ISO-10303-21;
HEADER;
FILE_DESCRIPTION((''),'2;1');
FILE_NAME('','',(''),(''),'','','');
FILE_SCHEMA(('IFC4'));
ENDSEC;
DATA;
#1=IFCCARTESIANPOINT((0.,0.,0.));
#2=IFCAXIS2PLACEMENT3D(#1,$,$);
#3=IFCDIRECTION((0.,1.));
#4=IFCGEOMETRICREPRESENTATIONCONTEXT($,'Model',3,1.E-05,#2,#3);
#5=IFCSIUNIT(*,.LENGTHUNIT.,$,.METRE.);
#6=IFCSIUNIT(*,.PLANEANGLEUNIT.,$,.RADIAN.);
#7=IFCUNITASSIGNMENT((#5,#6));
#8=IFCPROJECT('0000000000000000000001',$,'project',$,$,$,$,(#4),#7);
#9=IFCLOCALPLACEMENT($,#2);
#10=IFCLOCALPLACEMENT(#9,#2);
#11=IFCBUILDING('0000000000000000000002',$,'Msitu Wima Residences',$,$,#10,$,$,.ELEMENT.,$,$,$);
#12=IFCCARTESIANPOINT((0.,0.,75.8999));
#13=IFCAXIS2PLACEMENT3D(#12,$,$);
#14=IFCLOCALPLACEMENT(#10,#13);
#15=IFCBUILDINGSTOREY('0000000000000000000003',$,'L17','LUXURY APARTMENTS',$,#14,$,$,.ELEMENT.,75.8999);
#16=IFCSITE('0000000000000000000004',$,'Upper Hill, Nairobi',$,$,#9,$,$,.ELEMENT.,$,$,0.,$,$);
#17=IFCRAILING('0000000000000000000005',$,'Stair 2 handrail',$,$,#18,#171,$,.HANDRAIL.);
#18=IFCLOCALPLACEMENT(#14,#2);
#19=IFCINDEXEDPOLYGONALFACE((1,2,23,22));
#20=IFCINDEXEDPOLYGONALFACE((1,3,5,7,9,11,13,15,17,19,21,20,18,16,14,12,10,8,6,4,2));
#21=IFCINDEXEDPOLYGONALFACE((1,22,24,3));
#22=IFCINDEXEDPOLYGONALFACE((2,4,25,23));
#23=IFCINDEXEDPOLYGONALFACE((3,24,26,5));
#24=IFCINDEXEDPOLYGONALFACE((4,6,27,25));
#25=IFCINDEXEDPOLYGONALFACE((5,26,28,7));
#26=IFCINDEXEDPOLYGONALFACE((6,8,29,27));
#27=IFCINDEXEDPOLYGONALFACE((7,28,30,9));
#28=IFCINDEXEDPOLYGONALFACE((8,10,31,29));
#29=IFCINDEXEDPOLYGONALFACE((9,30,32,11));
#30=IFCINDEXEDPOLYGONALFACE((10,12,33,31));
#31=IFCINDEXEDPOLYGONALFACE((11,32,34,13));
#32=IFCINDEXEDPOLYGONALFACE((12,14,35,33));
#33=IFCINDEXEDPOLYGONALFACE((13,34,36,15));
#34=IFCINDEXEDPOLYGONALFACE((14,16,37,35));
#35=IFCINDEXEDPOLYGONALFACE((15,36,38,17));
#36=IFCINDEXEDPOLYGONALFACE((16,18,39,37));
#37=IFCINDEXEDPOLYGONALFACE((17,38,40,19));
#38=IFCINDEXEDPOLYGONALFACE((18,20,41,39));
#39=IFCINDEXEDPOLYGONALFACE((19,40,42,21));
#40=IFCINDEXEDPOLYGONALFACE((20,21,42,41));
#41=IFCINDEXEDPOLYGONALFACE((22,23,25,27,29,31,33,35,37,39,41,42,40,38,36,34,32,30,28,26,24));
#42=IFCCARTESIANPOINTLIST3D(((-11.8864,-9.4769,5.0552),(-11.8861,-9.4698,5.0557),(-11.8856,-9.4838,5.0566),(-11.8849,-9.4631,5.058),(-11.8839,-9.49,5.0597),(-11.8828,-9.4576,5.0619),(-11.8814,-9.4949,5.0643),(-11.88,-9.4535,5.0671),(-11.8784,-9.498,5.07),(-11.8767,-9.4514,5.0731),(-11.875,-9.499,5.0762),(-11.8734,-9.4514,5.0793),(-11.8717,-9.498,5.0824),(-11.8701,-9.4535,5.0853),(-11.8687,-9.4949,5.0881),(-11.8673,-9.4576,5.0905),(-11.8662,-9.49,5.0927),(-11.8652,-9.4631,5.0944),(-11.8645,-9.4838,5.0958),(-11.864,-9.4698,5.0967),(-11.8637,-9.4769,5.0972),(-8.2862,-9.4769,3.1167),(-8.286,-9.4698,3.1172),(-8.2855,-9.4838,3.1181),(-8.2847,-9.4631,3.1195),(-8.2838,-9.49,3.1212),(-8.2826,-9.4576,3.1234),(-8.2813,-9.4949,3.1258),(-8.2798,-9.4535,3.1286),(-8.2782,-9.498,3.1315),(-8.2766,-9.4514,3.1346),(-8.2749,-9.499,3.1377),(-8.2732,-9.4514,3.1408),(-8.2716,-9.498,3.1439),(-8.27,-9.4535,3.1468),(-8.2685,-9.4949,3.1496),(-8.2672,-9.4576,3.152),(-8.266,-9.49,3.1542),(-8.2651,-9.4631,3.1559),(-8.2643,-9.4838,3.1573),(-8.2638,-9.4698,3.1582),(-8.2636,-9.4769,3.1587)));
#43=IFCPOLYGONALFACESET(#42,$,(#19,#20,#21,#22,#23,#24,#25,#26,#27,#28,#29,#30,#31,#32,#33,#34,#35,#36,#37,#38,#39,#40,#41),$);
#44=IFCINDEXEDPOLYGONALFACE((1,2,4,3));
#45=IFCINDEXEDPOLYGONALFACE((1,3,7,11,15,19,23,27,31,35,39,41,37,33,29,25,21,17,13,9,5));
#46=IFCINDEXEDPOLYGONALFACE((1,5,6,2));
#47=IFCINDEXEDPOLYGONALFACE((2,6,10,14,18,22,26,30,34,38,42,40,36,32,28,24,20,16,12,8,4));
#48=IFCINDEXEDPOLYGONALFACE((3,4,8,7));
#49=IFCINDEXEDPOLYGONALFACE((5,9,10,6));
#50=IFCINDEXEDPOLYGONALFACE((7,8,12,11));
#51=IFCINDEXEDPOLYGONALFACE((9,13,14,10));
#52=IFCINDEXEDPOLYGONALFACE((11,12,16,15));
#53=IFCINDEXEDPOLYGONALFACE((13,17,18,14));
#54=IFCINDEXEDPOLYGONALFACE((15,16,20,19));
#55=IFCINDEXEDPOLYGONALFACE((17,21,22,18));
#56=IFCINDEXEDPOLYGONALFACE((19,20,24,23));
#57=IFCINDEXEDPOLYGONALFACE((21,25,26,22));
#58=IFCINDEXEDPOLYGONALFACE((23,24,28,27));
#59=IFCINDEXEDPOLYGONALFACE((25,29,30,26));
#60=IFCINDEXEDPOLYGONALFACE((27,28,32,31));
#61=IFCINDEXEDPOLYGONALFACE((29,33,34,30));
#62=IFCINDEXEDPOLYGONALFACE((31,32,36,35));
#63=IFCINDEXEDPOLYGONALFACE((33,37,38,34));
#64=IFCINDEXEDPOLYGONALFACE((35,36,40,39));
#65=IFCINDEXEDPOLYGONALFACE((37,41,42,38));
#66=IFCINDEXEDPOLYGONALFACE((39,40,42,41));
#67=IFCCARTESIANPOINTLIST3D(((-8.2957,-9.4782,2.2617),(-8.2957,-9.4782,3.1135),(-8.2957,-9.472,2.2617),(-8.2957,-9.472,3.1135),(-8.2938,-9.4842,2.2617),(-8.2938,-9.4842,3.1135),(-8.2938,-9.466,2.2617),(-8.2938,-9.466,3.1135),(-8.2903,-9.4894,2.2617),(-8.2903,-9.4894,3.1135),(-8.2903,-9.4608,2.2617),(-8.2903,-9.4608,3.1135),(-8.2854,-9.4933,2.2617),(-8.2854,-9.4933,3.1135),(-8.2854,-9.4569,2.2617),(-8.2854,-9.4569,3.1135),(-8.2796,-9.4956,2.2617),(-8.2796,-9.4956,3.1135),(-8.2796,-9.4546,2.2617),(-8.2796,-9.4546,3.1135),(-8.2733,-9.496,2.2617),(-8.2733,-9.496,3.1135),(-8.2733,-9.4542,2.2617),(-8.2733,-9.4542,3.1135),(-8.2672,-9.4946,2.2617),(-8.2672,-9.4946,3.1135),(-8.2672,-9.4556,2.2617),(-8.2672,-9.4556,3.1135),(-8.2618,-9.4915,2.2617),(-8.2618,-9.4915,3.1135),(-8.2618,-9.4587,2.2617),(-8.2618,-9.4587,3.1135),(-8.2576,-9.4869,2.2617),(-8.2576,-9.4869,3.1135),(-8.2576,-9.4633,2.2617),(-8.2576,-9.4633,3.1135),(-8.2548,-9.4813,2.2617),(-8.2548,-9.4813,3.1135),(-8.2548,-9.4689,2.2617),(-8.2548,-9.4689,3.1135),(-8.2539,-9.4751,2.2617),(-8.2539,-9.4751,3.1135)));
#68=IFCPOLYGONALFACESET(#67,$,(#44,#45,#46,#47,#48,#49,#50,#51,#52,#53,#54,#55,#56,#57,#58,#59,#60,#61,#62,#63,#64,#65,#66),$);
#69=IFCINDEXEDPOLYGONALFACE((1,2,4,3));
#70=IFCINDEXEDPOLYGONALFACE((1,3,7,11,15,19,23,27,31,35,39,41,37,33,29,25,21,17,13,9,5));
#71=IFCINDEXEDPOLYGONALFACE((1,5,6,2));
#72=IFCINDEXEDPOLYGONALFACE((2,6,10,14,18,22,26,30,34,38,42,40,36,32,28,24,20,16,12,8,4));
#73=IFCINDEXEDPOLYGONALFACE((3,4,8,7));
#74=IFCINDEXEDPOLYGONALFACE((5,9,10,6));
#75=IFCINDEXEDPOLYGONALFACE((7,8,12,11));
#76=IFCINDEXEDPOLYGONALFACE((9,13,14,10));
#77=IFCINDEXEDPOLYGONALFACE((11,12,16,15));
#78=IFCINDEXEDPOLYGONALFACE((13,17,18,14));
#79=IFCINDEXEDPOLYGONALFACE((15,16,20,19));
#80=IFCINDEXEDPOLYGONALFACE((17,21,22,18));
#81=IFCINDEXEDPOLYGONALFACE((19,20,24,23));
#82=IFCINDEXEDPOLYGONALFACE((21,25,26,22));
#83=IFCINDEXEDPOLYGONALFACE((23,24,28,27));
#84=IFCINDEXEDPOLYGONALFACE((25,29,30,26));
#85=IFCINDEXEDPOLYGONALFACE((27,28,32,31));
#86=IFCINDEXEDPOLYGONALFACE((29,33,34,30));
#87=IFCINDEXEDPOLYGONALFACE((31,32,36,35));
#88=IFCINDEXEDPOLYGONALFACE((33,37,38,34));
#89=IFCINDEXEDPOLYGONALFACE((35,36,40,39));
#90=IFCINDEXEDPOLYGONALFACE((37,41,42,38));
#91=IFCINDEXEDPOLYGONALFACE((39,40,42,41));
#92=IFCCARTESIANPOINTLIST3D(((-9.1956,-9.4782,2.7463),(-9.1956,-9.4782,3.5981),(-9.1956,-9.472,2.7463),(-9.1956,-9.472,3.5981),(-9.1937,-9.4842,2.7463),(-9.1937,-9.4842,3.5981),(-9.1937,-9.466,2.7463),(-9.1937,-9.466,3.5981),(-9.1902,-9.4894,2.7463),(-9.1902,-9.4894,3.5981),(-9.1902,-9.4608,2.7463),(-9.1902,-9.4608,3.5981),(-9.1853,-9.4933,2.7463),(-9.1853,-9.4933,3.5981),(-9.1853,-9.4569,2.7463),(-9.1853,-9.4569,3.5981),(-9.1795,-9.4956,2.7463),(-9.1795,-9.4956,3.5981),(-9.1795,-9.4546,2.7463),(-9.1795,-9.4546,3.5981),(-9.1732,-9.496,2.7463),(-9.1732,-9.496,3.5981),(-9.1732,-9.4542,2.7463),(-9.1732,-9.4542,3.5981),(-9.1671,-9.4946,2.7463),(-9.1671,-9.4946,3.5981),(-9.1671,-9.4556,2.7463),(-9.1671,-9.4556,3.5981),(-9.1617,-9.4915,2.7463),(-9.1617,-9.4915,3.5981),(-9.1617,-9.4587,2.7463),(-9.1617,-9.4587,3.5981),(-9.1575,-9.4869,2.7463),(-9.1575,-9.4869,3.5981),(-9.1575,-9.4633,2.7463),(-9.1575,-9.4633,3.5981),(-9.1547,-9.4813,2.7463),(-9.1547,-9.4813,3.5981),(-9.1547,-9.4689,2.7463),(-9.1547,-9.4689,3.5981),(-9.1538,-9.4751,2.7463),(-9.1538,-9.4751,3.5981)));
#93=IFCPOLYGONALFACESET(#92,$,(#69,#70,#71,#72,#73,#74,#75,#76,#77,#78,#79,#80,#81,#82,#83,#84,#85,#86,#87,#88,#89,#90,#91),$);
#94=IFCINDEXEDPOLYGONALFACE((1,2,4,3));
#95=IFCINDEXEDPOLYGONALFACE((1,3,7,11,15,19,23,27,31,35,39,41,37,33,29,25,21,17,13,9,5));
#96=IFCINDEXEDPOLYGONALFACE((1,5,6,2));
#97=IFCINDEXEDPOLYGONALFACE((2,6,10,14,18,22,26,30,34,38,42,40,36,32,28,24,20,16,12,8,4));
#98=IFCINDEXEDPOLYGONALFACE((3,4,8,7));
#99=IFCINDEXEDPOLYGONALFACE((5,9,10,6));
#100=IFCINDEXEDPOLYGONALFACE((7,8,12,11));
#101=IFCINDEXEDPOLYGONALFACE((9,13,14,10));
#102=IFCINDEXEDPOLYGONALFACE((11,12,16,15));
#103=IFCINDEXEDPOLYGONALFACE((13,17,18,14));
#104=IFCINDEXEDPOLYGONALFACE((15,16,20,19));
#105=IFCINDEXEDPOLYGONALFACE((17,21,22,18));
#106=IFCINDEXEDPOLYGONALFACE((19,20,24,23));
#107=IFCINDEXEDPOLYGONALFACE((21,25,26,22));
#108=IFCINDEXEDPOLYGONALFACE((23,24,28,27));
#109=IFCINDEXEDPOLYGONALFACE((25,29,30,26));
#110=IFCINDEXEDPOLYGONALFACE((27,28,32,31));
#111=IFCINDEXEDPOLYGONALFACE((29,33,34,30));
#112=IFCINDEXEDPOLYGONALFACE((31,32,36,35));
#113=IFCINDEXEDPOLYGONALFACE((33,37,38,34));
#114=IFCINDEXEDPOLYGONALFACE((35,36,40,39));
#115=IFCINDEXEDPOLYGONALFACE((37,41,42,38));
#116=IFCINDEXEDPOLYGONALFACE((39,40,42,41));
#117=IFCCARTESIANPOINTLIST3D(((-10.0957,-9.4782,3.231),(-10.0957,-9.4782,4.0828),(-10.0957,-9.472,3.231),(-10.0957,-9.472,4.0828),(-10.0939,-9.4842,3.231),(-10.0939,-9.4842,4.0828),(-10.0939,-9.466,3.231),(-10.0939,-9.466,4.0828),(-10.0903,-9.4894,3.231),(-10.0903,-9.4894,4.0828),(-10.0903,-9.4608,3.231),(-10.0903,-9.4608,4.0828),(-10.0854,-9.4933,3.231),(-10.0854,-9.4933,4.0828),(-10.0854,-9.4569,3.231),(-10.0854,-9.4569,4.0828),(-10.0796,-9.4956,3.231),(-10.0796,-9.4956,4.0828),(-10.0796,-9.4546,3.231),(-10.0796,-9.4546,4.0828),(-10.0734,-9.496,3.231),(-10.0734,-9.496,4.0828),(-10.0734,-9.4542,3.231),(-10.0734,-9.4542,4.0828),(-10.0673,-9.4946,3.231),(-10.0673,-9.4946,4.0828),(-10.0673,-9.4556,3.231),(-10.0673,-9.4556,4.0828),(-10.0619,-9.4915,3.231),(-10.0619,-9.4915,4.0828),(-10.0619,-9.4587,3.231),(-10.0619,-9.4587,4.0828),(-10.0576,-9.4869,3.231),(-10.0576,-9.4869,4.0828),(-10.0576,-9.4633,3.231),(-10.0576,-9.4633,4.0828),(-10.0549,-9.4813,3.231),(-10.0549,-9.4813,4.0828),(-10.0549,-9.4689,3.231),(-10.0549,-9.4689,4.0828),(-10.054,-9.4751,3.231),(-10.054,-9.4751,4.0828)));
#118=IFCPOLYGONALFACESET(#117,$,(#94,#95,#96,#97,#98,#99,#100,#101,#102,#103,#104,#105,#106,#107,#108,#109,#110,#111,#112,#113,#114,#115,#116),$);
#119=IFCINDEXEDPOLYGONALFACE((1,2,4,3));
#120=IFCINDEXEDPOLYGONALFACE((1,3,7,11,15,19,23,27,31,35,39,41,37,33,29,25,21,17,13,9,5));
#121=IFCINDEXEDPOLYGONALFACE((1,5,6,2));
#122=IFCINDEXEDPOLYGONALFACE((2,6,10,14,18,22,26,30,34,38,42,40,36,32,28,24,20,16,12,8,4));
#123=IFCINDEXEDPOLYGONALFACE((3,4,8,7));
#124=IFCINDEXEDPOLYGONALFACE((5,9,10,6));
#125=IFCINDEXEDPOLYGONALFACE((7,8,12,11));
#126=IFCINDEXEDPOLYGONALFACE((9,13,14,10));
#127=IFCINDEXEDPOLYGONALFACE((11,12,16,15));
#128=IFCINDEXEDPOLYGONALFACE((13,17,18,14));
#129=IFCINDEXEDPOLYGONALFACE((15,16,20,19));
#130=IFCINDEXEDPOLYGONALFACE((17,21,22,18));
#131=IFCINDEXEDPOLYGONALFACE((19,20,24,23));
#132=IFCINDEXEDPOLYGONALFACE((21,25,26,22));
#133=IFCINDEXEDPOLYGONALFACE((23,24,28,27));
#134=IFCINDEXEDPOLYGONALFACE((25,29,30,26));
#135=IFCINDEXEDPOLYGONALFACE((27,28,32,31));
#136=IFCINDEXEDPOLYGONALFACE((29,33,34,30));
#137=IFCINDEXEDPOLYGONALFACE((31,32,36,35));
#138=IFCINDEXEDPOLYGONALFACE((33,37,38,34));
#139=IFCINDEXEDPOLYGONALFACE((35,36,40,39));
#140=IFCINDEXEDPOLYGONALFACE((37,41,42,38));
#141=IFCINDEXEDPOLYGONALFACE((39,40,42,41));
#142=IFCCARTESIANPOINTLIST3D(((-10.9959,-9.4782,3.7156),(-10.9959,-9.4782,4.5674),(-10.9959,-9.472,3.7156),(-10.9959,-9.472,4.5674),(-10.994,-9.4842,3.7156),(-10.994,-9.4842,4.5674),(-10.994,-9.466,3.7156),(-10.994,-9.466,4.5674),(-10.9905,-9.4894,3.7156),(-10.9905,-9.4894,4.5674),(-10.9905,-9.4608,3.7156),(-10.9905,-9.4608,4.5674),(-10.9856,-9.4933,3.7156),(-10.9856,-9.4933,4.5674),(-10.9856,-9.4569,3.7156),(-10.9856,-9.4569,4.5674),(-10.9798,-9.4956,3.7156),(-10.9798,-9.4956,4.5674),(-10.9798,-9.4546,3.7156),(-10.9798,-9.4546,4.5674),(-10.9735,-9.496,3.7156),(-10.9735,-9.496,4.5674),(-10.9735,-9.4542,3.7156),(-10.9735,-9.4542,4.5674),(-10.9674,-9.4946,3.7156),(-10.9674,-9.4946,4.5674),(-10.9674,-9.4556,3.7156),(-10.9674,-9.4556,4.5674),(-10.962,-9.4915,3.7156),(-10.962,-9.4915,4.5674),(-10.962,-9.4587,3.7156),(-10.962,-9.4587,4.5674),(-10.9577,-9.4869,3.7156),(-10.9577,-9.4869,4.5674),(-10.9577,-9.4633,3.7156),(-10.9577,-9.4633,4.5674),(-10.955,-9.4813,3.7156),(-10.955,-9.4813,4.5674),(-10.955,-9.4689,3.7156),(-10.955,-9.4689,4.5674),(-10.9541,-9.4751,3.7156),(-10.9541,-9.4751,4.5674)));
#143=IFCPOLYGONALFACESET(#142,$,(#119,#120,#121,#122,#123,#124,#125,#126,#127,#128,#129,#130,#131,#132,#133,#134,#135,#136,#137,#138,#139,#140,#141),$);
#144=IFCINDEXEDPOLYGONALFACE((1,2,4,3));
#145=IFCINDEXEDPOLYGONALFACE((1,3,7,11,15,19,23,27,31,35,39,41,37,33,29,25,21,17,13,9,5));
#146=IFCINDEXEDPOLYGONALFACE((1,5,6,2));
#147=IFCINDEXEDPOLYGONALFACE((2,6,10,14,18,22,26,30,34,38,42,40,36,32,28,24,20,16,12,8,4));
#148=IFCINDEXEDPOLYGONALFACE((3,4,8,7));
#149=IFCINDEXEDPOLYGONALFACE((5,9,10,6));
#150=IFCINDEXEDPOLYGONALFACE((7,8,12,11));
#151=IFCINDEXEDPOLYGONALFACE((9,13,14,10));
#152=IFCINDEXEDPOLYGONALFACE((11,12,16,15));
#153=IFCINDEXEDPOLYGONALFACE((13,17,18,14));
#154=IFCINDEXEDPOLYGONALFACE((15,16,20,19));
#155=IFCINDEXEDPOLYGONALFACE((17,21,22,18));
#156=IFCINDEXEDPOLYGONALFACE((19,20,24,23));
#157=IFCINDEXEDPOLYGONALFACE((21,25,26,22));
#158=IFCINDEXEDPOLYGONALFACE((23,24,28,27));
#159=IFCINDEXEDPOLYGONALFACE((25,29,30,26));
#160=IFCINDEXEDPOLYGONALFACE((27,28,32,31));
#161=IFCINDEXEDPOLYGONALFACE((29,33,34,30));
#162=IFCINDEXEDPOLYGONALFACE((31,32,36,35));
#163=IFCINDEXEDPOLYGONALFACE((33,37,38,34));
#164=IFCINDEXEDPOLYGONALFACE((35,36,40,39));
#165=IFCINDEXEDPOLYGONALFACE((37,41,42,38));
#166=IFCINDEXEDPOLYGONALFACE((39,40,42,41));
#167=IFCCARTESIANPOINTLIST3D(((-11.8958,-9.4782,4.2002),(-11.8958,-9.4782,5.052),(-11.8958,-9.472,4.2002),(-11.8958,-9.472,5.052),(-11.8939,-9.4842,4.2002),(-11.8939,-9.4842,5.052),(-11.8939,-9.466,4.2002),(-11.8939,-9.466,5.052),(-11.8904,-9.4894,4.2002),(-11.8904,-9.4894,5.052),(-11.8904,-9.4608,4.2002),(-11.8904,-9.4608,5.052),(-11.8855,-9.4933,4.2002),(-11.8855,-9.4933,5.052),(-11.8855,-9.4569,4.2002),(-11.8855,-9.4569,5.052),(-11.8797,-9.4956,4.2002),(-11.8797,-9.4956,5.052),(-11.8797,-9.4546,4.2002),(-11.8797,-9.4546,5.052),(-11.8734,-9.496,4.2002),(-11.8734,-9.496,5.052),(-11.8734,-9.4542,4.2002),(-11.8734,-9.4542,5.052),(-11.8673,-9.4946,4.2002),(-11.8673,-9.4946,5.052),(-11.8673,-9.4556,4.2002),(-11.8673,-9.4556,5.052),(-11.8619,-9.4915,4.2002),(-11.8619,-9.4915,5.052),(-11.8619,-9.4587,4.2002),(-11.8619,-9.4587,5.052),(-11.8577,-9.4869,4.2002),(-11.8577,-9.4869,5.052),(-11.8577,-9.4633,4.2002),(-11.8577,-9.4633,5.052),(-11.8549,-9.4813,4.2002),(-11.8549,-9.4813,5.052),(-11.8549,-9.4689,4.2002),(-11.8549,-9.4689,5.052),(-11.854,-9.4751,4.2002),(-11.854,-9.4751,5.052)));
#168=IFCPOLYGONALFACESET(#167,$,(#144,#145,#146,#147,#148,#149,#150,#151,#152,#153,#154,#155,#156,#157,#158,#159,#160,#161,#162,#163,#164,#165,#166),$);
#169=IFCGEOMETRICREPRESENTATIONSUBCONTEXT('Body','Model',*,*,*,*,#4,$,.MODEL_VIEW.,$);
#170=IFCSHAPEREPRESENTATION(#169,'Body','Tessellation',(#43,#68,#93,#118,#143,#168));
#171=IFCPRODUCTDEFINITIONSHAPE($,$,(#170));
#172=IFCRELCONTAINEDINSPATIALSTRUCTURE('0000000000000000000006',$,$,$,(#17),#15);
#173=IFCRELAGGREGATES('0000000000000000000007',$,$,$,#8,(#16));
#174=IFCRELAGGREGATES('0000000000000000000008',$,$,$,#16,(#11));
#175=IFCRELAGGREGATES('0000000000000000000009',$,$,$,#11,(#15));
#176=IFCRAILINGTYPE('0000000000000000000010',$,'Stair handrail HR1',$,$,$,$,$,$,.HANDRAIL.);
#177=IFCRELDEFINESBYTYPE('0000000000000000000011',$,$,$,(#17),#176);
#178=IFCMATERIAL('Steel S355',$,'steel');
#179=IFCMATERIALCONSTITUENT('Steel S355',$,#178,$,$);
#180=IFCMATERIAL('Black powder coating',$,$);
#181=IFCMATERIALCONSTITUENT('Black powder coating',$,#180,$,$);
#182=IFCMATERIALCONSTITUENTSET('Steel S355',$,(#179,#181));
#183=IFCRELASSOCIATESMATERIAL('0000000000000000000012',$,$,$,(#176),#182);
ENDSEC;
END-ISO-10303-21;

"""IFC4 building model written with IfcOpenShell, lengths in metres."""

from ifc_helpers import new_model, si_unit, direction, frame, origin, origin_2d, place, context, subcontext, project, spatial, circle, extrude, material, constituent, constituent_set, type_object, element, save


model = new_model("IFC4")

# Units and contexts
model_context = context("Model", 3, precision=1e-05, world=origin(), true_north=direction((0.0, 1.0)))
body_context = subcontext(model_context, "Body", "Model", "MODEL_VIEW")
ifc_project = project(units=[si_unit("LENGTHUNIT", "METRE"), si_unit("PLANEANGLEUNIT", "RADIAN")], contexts=[model_context])

# Site, building, storey
site_placement = place(None, origin())
site = spatial("IfcSite", under=ifc_project, at=site_placement, Name="Upper Hill, Nairobi", CompositionType="ELEMENT", RefElevation=0.0)
building_placement = place(site_placement, origin())
building = spatial("IfcBuilding", under=site, at=building_placement, Name="Msitu Wima Residences", CompositionType="ELEMENT")
storey_placement = place(building_placement, frame((0.0, 0.0, 75.8999)))
storey = spatial("IfcBuildingStorey", under=building, at=storey_placement, Name="L17", Description="LUXURY APARTMENTS", CompositionType="ELEMENT", Elevation=75.8999)

# Railing
ifc_material_1 = material(Name="Steel S355", Category="steel")
ifc_constituent_1 = constituent(ifc_material_1, Name="Steel S355")
ifc_material_2 = material(Name="Black powder coating")
ifc_constituent_2 = constituent(ifc_material_2, Name="Black powder coating")
ifc_constituent_set = constituent_set(constituents=[ifc_constituent_1, ifc_constituent_2], Name="Steel S355")
railing_type = type_object("IfcRailingType", Name="Stair handrail HR1", PredefinedType="HANDRAIL", material=ifc_constituent_set)
for number, where, name in (
    (1, (-8.2749, -9.4751, 2.2617), "Stair 2 handrail"),
):
    element("IfcRailing", number, at=place(storey_placement, frame(where)), inside=storey, type_object=railing_type, Name=name, PredefinedType="HANDRAIL", context=body_context, shape_type="SweptSolid", body=[
        extrude(circle(Radius=0.0239, at=origin_2d()), frame((0.0, 0.0, 0.876), z_axis=(-0.880475, 0.0, 0.474093), x_axis=(0.0, -1.0, 0.0)), (0.0, 0.0, 1.0), 4.0889),
        extrude(circle(Radius=0.021, at=origin_2d()), origin(), (0.0, 0.0, 1.0), 0.8518),
        extrude(circle(Radius=0.021, at=origin_2d()), frame((-0.8999, 0.0, 0.4846)), (0.0, 0.0, 1.0), 0.8518),
        extrude(circle(Radius=0.021, at=origin_2d()), frame((-1.8, 0.0, 0.9692)), (0.0, 0.0, 1.0), 0.8518),
        extrude(circle(Radius=0.021, at=origin_2d()), frame((-2.7002, 0.0, 1.4539)), (0.0, 0.0, 1.0), 0.8518),
        extrude(circle(Radius=0.021, at=origin_2d()), frame((-3.6001, 0.0, 1.9385)), (0.0, 0.0, 1.0), 0.8518),
    ])

save(model, "model.ifc")
